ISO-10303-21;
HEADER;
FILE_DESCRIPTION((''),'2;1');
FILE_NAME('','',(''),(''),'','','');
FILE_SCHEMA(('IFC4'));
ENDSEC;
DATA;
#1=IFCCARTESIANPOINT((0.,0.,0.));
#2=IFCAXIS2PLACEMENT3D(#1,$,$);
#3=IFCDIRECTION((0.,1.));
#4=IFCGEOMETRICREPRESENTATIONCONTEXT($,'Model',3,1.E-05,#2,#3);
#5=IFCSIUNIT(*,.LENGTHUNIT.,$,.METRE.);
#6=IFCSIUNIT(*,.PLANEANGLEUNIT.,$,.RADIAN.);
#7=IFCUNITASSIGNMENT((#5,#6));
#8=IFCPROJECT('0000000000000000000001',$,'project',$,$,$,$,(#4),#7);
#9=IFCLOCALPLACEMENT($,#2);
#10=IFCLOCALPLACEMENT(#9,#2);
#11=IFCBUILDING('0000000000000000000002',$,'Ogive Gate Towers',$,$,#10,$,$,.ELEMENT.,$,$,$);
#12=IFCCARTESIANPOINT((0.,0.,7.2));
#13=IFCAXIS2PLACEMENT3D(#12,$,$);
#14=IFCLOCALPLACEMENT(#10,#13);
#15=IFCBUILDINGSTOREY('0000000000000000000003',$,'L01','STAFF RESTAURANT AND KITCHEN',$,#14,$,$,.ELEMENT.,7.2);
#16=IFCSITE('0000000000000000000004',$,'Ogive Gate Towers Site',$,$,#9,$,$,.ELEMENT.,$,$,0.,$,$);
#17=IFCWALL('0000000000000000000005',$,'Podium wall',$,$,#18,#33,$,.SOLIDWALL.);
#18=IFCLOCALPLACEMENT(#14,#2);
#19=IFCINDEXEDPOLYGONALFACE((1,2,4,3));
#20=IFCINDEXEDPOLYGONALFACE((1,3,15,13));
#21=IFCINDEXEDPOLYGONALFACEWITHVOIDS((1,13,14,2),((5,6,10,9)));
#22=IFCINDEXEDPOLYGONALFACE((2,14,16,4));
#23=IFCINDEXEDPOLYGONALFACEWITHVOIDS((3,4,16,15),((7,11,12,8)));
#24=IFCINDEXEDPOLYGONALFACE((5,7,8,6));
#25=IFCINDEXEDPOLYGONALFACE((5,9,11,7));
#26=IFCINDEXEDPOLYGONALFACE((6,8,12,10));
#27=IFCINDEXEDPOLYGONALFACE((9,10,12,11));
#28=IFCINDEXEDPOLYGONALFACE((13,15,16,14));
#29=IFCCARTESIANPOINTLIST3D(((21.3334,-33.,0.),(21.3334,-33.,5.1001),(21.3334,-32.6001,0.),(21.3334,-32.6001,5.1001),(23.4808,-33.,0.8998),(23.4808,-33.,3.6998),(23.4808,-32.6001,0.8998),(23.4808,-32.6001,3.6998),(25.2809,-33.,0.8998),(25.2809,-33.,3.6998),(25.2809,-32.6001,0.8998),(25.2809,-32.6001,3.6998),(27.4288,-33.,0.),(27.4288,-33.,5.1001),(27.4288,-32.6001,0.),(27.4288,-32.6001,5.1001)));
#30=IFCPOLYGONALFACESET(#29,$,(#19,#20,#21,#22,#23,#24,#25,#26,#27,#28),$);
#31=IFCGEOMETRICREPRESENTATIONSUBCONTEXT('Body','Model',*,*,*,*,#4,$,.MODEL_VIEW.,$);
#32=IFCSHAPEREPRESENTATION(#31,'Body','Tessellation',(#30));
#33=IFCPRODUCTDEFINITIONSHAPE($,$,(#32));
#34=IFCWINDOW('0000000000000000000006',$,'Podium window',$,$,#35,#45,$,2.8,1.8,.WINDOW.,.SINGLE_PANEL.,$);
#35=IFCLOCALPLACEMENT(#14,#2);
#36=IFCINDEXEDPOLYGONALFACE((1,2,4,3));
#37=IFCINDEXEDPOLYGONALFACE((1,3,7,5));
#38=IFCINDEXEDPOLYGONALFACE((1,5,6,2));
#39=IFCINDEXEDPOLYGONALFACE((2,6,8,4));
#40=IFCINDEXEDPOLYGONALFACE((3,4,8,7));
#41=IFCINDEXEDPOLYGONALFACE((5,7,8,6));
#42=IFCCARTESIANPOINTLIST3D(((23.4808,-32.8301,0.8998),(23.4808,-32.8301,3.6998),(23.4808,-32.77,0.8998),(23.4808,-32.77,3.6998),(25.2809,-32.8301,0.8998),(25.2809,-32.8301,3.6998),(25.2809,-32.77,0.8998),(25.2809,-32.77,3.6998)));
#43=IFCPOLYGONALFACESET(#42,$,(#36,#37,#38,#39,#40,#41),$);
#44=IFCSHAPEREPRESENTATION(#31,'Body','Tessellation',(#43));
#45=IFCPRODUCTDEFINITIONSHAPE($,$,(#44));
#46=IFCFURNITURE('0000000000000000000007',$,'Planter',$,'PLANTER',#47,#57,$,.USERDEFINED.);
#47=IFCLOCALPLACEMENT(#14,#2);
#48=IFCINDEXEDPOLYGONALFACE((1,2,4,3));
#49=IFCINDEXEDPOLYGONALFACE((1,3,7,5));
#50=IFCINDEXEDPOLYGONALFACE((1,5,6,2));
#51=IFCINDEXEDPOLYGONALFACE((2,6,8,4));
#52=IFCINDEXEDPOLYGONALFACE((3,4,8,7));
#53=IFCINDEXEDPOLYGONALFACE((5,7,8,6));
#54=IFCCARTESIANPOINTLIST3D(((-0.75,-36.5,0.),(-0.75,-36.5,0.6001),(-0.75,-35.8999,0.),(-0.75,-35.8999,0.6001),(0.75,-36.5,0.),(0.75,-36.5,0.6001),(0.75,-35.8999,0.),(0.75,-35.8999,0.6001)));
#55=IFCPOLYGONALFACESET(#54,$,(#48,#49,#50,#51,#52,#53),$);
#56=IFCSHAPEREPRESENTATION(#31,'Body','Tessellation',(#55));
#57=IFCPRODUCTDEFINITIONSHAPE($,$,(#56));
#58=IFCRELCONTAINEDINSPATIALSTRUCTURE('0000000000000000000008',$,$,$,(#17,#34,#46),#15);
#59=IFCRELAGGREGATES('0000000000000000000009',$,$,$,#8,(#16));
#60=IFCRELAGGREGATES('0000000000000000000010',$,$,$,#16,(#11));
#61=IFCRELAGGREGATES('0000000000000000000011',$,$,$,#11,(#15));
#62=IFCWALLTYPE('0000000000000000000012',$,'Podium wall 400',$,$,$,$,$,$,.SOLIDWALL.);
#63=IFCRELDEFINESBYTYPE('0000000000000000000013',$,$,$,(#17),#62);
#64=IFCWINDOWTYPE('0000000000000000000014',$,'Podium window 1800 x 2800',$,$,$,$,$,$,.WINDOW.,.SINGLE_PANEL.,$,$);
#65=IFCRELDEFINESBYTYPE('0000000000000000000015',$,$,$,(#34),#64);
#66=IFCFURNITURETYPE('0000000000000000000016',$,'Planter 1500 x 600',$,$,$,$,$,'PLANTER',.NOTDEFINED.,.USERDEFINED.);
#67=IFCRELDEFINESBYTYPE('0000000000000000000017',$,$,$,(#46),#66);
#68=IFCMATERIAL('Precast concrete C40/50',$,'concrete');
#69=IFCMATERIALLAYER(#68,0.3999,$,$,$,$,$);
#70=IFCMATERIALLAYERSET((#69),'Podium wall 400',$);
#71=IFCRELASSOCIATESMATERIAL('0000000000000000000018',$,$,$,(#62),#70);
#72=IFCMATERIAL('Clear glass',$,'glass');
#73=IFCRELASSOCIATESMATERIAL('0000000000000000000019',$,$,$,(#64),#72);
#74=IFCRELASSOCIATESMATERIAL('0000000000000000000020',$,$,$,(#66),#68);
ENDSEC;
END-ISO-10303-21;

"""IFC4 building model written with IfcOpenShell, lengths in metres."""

from ifc_helpers import new_model, si_unit, direction, frame, frame_2d, origin, origin_2d, place, context, subcontext, project, spatial, rectangle, extrude, material, layer, layer_set, type_object, element, fill, save


model = new_model("IFC4")

# Units and contexts
model_context = context("Model", 3, precision=1e-05, world=origin(), true_north=direction((0.0, 1.0)))
body_context = subcontext(model_context, "Body", "Model", "MODEL_VIEW")
ifc_project = project(units=[si_unit("LENGTHUNIT", "METRE"), si_unit("PLANEANGLEUNIT", "RADIAN")], contexts=[model_context])

# Site, building, storey
site_placement = place(None, origin())
site = spatial("IfcSite", under=ifc_project, at=site_placement, Name="Ogive Gate Towers Site", CompositionType="ELEMENT", RefElevation=0.0)
building_placement = place(site_placement, origin())
building = spatial("IfcBuilding", under=site, at=building_placement, Name="Ogive Gate Towers", CompositionType="ELEMENT")
storey_placement = place(building_placement, frame((0.0, 0.0, 7.2)))
storey = spatial("IfcBuildingStorey", under=building, at=storey_placement, Name="L01", Description="STAFF RESTAURANT AND KITCHEN", CompositionType="ELEMENT", Elevation=7.2)

# Wall, opening, window
ifc_material_1 = material(Name="Precast concrete C40/50", Category="concrete")
ifc_layer_1 = layer(ifc_material_1, 0.3999)
ifc_layer_set_1 = layer_set([ifc_layer_1], Name="Podium wall 400")
wall_type_1 = type_object("IfcWallType", Name="Podium wall 400", PredefinedType="SOLIDWALL", material=ifc_layer_set_1)
ifc_material_2 = material(Name="Clear glass", Category="glass")
window_type = type_object("IfcWindowType", Name="Podium window 1800 x 2800", PartitioningType="SINGLE_PANEL", PredefinedType="WINDOW", material=ifc_material_2)
wall_1_placement = place(storey_placement, frame((21.3333, -32.8, 0.0), z_axis=(0.0, 0.0, 1.0), x_axis=(1.0, 0.0, 0.0)))
wall_1 = element("IfcWall", 1, at=wall_1_placement, inside=storey, type_object=wall_type_1, Name="Podium wall", PredefinedType="SOLIDWALL", context=body_context, shape_type="SweptSolid", body=[
    extrude(rectangle(XDim=6.0955, YDim=0.3999, at=frame_2d((3.0479, 0.0))), origin(), (0.0, 0.0, 1.0), 5.1001),
])
opening_1_placement = place(wall_1_placement, frame((2.1477, 0.0, 0.8999)))
opening_1 = element("IfcOpeningElement", 2, at=opening_1_placement, cuts=wall_1, PredefinedType="OPENING", context=body_context, shape_type="SweptSolid", body=[
    extrude(rectangle(XDim=1.8, YDim=2.8, at=frame_2d((0.8999, 1.3999))), frame((0.0, 0.21, 0.0), z_axis=(0.0, -1.0, 0.0), x_axis=(1.0, 0.0, 0.0)), (0.0, 0.0, 1.0), 0.4199),
])
window_1_placement = place(opening_1_placement, origin())
window_1 = element("IfcWindow", 3, at=window_1_placement, inside=storey, type_object=window_type, Name="Podium window", OverallHeight=2.8, OverallWidth=1.8, PartitioningType="SINGLE_PANEL", PredefinedType="WINDOW", context=body_context, shape_type="SweptSolid", body=[
    extrude(rectangle(XDim=1.8, YDim=2.8, at=frame_2d((0.8999, 1.3999))), frame((0.0, 0.03, 0.0), z_axis=(0.0, -1.0, 0.0), x_axis=(1.0, 0.0, 0.0)), (0.0, 0.0, 1.0), 0.0601),
])
fill(opening_1, window_1)

# Furniture
furniture_type = type_object("IfcFurnitureType", Name="Planter 1500 x 600", ElementType="PLANTER", AssemblyPlace="NOTDEFINED", PredefinedType="USERDEFINED", material=ifc_material_1)
furniture_placement = place(storey_placement, frame((0.0, -36.2, 0.0), z_axis=(0.0, 0.0, 1.0), x_axis=(1.0, 0.0, 0.0)))
element("IfcFurniture", 4, at=furniture_placement, inside=storey, type_object=furniture_type, Name="Planter", ObjectType="PLANTER", PredefinedType="USERDEFINED", context=body_context, shape_type="SweptSolid", body=[
    extrude(rectangle(XDim=1.5, YDim=0.6001, at=origin_2d()), origin(), (0.0, 0.0, 1.0), 0.6001),
])

save(model, "model.ifc")
